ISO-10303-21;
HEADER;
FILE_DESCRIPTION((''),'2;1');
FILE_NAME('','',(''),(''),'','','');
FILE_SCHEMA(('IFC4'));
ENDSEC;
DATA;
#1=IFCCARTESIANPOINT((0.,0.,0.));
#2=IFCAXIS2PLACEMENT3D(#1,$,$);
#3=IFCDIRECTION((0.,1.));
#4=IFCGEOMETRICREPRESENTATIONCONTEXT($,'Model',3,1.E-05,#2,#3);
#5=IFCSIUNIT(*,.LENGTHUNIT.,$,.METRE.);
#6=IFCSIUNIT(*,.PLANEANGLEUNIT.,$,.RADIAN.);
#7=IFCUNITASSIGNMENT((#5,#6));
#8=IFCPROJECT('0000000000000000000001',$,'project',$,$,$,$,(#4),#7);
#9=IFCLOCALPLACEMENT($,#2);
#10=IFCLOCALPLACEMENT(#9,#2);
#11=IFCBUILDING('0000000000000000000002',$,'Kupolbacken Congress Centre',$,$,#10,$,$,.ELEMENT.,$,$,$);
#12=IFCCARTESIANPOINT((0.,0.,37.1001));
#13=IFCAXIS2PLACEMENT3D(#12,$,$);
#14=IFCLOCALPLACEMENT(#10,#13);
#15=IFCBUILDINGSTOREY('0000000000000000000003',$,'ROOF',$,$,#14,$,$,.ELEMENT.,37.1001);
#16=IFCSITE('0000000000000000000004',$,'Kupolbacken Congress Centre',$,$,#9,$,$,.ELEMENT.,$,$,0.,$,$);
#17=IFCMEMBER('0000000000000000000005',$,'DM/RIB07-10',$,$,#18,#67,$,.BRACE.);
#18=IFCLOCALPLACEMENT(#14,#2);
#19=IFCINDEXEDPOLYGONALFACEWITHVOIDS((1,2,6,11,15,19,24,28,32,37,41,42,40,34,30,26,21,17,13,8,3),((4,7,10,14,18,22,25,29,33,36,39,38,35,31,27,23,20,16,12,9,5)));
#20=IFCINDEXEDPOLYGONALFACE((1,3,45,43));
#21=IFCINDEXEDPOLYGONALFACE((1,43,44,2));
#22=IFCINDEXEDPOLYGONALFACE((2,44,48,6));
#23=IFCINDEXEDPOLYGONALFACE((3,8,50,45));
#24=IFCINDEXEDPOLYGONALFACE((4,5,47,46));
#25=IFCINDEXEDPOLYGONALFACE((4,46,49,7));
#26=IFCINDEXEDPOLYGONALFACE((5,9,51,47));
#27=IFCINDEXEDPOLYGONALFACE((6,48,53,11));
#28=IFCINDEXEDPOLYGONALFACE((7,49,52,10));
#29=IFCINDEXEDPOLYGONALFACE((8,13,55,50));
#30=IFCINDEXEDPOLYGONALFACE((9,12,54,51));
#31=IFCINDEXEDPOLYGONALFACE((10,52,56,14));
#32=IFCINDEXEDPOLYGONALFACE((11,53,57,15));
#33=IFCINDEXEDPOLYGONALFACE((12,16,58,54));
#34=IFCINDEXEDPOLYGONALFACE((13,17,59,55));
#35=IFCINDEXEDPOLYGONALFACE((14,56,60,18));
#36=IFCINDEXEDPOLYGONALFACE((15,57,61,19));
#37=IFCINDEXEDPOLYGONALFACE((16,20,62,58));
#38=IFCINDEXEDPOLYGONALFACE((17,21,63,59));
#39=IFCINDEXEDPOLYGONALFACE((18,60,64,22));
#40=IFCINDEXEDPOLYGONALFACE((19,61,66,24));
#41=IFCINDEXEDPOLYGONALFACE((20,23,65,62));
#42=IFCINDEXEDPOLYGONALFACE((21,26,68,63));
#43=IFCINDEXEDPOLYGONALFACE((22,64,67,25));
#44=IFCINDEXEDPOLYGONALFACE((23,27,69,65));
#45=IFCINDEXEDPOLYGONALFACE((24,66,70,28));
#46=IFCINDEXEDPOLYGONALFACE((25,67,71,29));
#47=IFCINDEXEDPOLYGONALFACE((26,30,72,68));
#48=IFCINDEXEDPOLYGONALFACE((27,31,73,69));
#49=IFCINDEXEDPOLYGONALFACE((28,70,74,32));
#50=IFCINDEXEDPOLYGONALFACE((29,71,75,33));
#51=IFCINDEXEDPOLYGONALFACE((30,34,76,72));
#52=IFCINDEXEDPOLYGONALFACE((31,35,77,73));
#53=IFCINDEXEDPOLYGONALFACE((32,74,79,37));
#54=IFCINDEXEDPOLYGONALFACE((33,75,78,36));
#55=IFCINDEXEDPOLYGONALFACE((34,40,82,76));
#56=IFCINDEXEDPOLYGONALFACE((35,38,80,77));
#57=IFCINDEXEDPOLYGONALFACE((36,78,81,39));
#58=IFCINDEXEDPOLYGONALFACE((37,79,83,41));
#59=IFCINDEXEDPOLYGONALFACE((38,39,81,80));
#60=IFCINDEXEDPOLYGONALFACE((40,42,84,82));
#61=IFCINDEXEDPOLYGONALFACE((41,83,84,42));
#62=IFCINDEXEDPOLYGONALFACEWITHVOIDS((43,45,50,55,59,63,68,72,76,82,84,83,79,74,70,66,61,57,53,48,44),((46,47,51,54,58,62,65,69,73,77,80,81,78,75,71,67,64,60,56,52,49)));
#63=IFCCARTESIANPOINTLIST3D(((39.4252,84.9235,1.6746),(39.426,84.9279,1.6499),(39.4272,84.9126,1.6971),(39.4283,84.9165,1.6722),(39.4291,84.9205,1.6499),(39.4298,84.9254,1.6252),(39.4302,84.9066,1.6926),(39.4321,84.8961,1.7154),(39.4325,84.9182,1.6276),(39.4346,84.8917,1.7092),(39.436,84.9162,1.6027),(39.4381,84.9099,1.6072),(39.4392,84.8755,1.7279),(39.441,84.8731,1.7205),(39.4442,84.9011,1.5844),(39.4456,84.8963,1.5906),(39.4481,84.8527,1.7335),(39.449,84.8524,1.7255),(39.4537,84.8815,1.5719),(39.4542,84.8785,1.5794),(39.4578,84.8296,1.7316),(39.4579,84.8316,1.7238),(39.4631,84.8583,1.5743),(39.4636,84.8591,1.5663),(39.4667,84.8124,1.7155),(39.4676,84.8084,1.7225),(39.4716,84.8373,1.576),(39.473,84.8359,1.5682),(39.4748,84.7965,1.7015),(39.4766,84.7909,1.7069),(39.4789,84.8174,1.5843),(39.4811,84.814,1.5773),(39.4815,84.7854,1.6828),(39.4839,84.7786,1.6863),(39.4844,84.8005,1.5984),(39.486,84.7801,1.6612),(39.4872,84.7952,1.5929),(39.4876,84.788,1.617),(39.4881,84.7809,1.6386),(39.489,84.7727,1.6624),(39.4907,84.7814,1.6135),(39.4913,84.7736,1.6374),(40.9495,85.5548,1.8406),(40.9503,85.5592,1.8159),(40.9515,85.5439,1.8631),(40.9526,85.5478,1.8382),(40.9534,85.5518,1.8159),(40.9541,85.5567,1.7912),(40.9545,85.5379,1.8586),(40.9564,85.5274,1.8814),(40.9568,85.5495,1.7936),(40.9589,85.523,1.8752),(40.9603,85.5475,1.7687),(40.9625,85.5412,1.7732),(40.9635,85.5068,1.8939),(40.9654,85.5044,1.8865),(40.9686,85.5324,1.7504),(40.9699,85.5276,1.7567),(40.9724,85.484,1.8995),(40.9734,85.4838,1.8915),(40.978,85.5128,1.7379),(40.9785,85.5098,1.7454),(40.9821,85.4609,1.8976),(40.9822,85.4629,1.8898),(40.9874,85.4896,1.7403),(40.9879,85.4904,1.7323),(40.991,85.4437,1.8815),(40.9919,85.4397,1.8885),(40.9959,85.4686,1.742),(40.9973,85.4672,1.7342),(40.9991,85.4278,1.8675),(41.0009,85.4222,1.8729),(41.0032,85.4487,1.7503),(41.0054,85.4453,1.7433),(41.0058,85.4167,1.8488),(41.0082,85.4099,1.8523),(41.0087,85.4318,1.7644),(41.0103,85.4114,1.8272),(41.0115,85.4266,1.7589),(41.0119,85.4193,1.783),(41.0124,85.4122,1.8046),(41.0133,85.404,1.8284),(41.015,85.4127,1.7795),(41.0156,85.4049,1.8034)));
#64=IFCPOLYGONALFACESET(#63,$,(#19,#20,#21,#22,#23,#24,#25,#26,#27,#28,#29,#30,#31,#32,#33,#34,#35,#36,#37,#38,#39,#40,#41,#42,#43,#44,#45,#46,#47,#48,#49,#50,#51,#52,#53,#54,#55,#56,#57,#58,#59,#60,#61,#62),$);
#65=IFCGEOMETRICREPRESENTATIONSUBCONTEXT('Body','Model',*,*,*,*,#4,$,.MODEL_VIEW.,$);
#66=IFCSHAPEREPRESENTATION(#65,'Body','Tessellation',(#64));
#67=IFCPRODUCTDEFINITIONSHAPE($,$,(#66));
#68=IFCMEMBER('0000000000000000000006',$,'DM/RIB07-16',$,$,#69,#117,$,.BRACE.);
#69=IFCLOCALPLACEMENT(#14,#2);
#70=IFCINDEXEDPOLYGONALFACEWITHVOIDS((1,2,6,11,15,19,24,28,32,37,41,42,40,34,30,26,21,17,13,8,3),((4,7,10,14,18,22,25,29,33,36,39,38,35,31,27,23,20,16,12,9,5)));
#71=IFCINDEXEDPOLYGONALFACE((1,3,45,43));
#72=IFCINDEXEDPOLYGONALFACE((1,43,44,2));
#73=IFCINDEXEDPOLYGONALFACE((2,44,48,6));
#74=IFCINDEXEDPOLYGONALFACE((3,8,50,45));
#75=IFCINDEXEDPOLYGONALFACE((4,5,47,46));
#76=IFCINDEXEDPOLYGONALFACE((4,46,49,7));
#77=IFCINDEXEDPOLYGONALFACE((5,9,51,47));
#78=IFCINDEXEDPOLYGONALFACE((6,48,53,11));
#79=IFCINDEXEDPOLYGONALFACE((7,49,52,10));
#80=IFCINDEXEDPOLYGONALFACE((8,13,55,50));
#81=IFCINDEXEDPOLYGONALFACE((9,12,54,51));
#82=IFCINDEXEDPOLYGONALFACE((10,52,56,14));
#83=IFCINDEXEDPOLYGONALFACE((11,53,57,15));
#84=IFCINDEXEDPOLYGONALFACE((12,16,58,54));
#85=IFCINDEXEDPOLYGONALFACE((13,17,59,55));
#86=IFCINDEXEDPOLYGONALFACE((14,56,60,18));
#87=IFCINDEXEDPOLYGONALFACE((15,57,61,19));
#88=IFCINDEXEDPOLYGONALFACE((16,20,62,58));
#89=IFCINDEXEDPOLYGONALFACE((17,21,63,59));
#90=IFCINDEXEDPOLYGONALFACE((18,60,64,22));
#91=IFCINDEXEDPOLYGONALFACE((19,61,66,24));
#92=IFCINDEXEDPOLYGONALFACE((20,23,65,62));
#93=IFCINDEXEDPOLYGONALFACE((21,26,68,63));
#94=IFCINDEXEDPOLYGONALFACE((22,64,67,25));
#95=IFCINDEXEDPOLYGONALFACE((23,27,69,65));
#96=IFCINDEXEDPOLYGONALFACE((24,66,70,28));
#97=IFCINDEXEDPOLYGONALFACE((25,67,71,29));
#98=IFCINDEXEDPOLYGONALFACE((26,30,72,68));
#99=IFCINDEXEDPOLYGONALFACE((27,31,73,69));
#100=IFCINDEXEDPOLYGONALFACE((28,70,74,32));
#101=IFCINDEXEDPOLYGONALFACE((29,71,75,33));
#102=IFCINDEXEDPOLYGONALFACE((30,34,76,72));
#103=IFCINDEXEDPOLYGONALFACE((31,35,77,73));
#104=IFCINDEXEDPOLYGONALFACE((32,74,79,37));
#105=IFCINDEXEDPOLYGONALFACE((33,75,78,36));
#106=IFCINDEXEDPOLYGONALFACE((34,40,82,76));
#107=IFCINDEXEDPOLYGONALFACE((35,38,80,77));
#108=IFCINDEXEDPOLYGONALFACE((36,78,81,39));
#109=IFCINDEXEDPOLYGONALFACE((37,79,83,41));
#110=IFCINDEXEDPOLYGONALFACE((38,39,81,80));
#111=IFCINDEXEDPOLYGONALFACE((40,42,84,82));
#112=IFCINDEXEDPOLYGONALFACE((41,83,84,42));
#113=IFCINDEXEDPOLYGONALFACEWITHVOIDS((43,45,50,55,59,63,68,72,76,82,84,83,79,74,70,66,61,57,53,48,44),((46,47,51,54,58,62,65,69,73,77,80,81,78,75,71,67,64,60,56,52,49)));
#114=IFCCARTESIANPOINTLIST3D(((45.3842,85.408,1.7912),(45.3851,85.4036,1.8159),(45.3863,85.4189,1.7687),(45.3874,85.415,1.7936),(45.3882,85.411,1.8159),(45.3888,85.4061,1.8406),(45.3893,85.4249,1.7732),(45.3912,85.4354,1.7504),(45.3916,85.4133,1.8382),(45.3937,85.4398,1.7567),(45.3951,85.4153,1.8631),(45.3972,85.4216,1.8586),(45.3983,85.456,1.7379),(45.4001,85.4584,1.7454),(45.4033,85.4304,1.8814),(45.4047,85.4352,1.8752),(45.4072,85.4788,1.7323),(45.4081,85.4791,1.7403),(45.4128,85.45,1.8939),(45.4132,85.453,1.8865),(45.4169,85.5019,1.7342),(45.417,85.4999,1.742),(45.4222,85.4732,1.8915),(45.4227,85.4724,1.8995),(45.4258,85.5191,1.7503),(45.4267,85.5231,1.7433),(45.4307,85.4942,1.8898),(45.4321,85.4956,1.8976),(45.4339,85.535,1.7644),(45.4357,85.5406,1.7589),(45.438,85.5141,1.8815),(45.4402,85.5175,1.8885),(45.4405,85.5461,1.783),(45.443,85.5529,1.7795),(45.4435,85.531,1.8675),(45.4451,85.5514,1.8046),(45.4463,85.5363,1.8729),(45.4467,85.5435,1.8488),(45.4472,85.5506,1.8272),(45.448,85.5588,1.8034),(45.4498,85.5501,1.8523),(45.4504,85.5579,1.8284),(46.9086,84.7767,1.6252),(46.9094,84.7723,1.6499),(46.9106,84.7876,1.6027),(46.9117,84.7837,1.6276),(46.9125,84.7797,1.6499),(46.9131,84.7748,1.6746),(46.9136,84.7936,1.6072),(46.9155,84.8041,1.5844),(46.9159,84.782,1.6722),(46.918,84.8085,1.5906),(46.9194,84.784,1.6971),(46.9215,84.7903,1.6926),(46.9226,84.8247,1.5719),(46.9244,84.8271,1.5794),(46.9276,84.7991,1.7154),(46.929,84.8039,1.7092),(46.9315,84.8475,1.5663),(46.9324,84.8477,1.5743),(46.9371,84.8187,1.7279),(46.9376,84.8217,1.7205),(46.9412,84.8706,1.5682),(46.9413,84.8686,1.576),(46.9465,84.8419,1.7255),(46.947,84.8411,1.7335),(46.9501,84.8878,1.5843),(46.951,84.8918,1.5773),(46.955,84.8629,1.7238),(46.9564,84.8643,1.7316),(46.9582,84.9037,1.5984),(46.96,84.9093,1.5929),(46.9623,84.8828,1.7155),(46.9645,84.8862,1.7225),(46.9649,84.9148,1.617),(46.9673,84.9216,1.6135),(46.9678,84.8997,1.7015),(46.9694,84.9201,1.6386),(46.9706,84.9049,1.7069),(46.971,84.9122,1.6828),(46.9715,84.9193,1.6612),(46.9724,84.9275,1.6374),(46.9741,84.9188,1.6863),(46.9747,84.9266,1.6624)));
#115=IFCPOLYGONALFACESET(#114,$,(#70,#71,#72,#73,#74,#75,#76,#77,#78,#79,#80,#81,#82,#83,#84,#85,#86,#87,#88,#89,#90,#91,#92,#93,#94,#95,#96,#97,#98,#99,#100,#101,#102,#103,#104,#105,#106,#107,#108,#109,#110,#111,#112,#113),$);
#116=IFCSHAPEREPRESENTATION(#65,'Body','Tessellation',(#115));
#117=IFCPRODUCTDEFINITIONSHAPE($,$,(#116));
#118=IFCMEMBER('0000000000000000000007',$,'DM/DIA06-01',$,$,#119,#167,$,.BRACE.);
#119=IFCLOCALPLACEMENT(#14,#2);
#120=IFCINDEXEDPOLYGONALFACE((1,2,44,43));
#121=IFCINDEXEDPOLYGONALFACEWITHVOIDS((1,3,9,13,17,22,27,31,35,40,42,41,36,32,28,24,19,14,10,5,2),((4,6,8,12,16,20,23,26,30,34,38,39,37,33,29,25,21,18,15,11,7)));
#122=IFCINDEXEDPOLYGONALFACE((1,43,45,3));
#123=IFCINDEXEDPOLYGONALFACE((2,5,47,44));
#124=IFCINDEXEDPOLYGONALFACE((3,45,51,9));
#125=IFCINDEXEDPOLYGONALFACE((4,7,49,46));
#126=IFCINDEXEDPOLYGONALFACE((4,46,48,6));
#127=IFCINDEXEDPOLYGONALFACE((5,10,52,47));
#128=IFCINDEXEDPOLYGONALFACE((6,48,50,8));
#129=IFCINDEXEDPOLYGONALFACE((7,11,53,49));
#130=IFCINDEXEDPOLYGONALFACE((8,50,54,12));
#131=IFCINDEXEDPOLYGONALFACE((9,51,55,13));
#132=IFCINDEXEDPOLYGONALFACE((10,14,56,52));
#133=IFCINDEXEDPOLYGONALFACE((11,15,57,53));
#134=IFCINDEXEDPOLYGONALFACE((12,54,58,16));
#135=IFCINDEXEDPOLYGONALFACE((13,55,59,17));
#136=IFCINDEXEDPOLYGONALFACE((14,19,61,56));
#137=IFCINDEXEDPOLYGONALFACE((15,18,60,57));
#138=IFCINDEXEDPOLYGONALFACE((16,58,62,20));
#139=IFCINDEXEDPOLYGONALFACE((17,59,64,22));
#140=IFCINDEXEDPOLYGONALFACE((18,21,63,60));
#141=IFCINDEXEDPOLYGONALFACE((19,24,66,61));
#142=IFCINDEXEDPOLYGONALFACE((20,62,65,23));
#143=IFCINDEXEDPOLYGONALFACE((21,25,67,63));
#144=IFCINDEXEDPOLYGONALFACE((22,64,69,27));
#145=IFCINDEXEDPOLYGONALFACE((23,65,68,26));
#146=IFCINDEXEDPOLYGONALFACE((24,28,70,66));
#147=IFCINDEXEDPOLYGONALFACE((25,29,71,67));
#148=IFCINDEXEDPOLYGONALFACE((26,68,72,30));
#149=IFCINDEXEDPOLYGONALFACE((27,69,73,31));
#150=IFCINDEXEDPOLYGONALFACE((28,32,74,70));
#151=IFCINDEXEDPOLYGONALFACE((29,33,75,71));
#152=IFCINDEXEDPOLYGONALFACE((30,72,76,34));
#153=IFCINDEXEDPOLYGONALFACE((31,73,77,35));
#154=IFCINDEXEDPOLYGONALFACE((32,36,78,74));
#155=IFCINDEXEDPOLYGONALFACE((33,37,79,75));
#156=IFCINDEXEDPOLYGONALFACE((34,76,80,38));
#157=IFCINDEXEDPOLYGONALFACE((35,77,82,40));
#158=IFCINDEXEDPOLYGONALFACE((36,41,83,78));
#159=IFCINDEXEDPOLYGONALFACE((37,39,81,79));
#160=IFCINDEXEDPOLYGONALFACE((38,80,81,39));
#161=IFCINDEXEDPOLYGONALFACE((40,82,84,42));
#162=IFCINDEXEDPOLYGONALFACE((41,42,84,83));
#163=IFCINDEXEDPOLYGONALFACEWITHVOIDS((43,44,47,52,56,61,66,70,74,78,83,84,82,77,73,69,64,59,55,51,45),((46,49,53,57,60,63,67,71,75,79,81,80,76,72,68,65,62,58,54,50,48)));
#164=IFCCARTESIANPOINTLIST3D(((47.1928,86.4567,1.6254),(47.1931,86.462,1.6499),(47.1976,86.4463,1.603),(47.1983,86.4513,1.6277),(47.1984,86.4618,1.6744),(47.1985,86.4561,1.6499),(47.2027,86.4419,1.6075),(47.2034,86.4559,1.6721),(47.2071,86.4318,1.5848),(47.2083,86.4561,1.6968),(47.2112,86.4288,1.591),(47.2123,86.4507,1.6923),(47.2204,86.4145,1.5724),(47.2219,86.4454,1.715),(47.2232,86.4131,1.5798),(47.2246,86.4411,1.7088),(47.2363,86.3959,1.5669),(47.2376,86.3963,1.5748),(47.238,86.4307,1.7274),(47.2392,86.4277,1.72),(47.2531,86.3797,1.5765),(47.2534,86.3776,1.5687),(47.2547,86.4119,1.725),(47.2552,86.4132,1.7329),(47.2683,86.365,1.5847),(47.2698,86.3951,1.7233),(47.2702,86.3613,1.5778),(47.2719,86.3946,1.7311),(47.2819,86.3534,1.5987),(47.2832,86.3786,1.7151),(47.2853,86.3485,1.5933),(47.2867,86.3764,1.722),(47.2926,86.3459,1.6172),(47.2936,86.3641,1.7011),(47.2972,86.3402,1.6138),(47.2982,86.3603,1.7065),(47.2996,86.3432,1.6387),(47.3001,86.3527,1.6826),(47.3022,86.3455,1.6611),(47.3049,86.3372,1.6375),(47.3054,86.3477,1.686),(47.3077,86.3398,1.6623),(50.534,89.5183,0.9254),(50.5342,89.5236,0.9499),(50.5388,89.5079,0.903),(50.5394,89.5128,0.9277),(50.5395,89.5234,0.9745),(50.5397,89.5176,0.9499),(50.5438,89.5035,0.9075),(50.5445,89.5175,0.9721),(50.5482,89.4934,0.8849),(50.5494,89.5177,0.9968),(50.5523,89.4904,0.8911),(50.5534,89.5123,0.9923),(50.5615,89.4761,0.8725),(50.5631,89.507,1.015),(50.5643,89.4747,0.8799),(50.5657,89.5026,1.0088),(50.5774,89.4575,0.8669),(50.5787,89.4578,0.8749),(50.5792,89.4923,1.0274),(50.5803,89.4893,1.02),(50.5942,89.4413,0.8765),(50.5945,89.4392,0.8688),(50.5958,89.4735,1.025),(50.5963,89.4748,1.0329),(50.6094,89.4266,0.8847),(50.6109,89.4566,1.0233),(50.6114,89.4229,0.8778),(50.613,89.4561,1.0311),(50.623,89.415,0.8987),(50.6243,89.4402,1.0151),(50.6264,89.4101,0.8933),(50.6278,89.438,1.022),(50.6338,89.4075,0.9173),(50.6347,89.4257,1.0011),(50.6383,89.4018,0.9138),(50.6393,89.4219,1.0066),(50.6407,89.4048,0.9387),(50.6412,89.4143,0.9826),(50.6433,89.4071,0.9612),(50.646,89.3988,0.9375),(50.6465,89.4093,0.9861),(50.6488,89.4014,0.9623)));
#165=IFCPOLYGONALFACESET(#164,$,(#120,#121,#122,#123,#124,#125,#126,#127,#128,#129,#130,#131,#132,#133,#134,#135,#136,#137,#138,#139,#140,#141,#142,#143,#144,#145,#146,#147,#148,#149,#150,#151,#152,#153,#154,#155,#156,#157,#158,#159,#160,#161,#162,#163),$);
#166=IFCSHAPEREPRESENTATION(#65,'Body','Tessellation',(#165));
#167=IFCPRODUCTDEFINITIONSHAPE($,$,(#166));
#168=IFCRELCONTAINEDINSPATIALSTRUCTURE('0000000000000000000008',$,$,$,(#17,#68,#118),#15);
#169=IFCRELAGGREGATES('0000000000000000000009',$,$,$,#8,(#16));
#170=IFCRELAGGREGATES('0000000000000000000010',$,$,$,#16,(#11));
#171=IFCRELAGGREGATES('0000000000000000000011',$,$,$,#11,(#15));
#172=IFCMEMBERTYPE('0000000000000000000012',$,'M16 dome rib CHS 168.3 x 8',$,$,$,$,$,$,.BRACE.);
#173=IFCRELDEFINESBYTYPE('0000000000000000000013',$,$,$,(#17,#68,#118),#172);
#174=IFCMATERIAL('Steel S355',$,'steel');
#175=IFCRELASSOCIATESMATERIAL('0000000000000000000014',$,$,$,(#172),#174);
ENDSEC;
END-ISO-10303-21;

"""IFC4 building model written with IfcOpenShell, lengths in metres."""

from ifc_helpers import new_model, si_unit, direction, frame, origin, origin_2d, place, context, subcontext, project, spatial, hollow_circle, extrude, material, material_profile, profile_set, type_object, element, save


model = new_model("IFC4")

# Units and contexts
model_context = context("Model", 3, precision=1e-05, world=origin(), true_north=direction((0.0, 1.0)))
body_context = subcontext(model_context, "Body", "Model", "MODEL_VIEW")
ifc_project = project(units=[si_unit("LENGTHUNIT", "METRE"), si_unit("PLANEANGLEUNIT", "RADIAN")], contexts=[model_context])

# Site, building, storey
site_placement = place(None, origin())
site = spatial("IfcSite", under=ifc_project, at=site_placement, Name="Kupolbacken Congress Centre", CompositionType="ELEMENT", RefElevation=0.0)
building_placement = place(site_placement, origin())
building = spatial("IfcBuilding", under=site, at=building_placement, Name="Kupolbacken Congress Centre", CompositionType="ELEMENT")
storey_placement = place(building_placement, frame((0.0, 0.0, 37.1001)))
storey = spatial("IfcBuildingStorey", under=building, at=storey_placement, Name="ROOF", CompositionType="ELEMENT", Elevation=37.1001)

# Members
ifc_material_1 = material(Name="Steel S355", Category="steel")
ifc_material_profile_1 = material_profile(ifc_material_1, hollow_circle(Radius=0.0842, WallThickness=0.0081, at=origin_2d()), Name="CHS 168.3 x 8")
ifc_profile_set_1 = profile_set([ifc_material_profile_1], Name="Steel S355")
member_type_1 = type_object("IfcMemberType", Name="M16 dome rib CHS 168.3 x 8", PredefinedType="BRACE", material=ifc_profile_set_1)
for number, where, z_axis, x_axis, name in (
    (1, (39.4583, 84.8501, 1.6499), (0.919256, 0.380717, 0.100111), (-0.382639, 0.923898, 0.0), "DM/RIB07-10"),
    (2, (46.9417, 84.8501, 1.6499), (-0.919256, 0.380717, 0.100111), (-0.382639, -0.923898, 0.0), "DM/RIB07-16"),
):
    element("IfcMember", number, at=place(storey_placement, frame(where, z_axis=z_axis, x_axis=x_axis)), inside=storey, type_object=member_type_1, Name=name, PredefinedType="BRACE", context=body_context, shape_type="SweptSolid", body=[
        extrude(hollow_circle(Radius=0.0842, WallThickness=0.0081, at=origin_2d()), origin(), (0.0, 0.0, 1.0), 1.6582),
    ])
member_1_placement = place(storey_placement, frame((47.25, 86.3999, 1.6499), z_axis=(0.728637, 0.667673, -0.152649), x_axis=(-0.67559, 0.737277, 0.0)))
element("IfcMember", 3, at=member_1_placement, inside=storey, type_object=member_type_1, Name="DM/DIA06-01", PredefinedType="BRACE", context=body_context, shape_type="SweptSolid", body=[
    extrude(hollow_circle(Radius=0.0842, WallThickness=0.0081, at=origin_2d()), origin(), (0.0, 0.0, 1.0), 4.5854),
])

save(model, "model.ifc")
